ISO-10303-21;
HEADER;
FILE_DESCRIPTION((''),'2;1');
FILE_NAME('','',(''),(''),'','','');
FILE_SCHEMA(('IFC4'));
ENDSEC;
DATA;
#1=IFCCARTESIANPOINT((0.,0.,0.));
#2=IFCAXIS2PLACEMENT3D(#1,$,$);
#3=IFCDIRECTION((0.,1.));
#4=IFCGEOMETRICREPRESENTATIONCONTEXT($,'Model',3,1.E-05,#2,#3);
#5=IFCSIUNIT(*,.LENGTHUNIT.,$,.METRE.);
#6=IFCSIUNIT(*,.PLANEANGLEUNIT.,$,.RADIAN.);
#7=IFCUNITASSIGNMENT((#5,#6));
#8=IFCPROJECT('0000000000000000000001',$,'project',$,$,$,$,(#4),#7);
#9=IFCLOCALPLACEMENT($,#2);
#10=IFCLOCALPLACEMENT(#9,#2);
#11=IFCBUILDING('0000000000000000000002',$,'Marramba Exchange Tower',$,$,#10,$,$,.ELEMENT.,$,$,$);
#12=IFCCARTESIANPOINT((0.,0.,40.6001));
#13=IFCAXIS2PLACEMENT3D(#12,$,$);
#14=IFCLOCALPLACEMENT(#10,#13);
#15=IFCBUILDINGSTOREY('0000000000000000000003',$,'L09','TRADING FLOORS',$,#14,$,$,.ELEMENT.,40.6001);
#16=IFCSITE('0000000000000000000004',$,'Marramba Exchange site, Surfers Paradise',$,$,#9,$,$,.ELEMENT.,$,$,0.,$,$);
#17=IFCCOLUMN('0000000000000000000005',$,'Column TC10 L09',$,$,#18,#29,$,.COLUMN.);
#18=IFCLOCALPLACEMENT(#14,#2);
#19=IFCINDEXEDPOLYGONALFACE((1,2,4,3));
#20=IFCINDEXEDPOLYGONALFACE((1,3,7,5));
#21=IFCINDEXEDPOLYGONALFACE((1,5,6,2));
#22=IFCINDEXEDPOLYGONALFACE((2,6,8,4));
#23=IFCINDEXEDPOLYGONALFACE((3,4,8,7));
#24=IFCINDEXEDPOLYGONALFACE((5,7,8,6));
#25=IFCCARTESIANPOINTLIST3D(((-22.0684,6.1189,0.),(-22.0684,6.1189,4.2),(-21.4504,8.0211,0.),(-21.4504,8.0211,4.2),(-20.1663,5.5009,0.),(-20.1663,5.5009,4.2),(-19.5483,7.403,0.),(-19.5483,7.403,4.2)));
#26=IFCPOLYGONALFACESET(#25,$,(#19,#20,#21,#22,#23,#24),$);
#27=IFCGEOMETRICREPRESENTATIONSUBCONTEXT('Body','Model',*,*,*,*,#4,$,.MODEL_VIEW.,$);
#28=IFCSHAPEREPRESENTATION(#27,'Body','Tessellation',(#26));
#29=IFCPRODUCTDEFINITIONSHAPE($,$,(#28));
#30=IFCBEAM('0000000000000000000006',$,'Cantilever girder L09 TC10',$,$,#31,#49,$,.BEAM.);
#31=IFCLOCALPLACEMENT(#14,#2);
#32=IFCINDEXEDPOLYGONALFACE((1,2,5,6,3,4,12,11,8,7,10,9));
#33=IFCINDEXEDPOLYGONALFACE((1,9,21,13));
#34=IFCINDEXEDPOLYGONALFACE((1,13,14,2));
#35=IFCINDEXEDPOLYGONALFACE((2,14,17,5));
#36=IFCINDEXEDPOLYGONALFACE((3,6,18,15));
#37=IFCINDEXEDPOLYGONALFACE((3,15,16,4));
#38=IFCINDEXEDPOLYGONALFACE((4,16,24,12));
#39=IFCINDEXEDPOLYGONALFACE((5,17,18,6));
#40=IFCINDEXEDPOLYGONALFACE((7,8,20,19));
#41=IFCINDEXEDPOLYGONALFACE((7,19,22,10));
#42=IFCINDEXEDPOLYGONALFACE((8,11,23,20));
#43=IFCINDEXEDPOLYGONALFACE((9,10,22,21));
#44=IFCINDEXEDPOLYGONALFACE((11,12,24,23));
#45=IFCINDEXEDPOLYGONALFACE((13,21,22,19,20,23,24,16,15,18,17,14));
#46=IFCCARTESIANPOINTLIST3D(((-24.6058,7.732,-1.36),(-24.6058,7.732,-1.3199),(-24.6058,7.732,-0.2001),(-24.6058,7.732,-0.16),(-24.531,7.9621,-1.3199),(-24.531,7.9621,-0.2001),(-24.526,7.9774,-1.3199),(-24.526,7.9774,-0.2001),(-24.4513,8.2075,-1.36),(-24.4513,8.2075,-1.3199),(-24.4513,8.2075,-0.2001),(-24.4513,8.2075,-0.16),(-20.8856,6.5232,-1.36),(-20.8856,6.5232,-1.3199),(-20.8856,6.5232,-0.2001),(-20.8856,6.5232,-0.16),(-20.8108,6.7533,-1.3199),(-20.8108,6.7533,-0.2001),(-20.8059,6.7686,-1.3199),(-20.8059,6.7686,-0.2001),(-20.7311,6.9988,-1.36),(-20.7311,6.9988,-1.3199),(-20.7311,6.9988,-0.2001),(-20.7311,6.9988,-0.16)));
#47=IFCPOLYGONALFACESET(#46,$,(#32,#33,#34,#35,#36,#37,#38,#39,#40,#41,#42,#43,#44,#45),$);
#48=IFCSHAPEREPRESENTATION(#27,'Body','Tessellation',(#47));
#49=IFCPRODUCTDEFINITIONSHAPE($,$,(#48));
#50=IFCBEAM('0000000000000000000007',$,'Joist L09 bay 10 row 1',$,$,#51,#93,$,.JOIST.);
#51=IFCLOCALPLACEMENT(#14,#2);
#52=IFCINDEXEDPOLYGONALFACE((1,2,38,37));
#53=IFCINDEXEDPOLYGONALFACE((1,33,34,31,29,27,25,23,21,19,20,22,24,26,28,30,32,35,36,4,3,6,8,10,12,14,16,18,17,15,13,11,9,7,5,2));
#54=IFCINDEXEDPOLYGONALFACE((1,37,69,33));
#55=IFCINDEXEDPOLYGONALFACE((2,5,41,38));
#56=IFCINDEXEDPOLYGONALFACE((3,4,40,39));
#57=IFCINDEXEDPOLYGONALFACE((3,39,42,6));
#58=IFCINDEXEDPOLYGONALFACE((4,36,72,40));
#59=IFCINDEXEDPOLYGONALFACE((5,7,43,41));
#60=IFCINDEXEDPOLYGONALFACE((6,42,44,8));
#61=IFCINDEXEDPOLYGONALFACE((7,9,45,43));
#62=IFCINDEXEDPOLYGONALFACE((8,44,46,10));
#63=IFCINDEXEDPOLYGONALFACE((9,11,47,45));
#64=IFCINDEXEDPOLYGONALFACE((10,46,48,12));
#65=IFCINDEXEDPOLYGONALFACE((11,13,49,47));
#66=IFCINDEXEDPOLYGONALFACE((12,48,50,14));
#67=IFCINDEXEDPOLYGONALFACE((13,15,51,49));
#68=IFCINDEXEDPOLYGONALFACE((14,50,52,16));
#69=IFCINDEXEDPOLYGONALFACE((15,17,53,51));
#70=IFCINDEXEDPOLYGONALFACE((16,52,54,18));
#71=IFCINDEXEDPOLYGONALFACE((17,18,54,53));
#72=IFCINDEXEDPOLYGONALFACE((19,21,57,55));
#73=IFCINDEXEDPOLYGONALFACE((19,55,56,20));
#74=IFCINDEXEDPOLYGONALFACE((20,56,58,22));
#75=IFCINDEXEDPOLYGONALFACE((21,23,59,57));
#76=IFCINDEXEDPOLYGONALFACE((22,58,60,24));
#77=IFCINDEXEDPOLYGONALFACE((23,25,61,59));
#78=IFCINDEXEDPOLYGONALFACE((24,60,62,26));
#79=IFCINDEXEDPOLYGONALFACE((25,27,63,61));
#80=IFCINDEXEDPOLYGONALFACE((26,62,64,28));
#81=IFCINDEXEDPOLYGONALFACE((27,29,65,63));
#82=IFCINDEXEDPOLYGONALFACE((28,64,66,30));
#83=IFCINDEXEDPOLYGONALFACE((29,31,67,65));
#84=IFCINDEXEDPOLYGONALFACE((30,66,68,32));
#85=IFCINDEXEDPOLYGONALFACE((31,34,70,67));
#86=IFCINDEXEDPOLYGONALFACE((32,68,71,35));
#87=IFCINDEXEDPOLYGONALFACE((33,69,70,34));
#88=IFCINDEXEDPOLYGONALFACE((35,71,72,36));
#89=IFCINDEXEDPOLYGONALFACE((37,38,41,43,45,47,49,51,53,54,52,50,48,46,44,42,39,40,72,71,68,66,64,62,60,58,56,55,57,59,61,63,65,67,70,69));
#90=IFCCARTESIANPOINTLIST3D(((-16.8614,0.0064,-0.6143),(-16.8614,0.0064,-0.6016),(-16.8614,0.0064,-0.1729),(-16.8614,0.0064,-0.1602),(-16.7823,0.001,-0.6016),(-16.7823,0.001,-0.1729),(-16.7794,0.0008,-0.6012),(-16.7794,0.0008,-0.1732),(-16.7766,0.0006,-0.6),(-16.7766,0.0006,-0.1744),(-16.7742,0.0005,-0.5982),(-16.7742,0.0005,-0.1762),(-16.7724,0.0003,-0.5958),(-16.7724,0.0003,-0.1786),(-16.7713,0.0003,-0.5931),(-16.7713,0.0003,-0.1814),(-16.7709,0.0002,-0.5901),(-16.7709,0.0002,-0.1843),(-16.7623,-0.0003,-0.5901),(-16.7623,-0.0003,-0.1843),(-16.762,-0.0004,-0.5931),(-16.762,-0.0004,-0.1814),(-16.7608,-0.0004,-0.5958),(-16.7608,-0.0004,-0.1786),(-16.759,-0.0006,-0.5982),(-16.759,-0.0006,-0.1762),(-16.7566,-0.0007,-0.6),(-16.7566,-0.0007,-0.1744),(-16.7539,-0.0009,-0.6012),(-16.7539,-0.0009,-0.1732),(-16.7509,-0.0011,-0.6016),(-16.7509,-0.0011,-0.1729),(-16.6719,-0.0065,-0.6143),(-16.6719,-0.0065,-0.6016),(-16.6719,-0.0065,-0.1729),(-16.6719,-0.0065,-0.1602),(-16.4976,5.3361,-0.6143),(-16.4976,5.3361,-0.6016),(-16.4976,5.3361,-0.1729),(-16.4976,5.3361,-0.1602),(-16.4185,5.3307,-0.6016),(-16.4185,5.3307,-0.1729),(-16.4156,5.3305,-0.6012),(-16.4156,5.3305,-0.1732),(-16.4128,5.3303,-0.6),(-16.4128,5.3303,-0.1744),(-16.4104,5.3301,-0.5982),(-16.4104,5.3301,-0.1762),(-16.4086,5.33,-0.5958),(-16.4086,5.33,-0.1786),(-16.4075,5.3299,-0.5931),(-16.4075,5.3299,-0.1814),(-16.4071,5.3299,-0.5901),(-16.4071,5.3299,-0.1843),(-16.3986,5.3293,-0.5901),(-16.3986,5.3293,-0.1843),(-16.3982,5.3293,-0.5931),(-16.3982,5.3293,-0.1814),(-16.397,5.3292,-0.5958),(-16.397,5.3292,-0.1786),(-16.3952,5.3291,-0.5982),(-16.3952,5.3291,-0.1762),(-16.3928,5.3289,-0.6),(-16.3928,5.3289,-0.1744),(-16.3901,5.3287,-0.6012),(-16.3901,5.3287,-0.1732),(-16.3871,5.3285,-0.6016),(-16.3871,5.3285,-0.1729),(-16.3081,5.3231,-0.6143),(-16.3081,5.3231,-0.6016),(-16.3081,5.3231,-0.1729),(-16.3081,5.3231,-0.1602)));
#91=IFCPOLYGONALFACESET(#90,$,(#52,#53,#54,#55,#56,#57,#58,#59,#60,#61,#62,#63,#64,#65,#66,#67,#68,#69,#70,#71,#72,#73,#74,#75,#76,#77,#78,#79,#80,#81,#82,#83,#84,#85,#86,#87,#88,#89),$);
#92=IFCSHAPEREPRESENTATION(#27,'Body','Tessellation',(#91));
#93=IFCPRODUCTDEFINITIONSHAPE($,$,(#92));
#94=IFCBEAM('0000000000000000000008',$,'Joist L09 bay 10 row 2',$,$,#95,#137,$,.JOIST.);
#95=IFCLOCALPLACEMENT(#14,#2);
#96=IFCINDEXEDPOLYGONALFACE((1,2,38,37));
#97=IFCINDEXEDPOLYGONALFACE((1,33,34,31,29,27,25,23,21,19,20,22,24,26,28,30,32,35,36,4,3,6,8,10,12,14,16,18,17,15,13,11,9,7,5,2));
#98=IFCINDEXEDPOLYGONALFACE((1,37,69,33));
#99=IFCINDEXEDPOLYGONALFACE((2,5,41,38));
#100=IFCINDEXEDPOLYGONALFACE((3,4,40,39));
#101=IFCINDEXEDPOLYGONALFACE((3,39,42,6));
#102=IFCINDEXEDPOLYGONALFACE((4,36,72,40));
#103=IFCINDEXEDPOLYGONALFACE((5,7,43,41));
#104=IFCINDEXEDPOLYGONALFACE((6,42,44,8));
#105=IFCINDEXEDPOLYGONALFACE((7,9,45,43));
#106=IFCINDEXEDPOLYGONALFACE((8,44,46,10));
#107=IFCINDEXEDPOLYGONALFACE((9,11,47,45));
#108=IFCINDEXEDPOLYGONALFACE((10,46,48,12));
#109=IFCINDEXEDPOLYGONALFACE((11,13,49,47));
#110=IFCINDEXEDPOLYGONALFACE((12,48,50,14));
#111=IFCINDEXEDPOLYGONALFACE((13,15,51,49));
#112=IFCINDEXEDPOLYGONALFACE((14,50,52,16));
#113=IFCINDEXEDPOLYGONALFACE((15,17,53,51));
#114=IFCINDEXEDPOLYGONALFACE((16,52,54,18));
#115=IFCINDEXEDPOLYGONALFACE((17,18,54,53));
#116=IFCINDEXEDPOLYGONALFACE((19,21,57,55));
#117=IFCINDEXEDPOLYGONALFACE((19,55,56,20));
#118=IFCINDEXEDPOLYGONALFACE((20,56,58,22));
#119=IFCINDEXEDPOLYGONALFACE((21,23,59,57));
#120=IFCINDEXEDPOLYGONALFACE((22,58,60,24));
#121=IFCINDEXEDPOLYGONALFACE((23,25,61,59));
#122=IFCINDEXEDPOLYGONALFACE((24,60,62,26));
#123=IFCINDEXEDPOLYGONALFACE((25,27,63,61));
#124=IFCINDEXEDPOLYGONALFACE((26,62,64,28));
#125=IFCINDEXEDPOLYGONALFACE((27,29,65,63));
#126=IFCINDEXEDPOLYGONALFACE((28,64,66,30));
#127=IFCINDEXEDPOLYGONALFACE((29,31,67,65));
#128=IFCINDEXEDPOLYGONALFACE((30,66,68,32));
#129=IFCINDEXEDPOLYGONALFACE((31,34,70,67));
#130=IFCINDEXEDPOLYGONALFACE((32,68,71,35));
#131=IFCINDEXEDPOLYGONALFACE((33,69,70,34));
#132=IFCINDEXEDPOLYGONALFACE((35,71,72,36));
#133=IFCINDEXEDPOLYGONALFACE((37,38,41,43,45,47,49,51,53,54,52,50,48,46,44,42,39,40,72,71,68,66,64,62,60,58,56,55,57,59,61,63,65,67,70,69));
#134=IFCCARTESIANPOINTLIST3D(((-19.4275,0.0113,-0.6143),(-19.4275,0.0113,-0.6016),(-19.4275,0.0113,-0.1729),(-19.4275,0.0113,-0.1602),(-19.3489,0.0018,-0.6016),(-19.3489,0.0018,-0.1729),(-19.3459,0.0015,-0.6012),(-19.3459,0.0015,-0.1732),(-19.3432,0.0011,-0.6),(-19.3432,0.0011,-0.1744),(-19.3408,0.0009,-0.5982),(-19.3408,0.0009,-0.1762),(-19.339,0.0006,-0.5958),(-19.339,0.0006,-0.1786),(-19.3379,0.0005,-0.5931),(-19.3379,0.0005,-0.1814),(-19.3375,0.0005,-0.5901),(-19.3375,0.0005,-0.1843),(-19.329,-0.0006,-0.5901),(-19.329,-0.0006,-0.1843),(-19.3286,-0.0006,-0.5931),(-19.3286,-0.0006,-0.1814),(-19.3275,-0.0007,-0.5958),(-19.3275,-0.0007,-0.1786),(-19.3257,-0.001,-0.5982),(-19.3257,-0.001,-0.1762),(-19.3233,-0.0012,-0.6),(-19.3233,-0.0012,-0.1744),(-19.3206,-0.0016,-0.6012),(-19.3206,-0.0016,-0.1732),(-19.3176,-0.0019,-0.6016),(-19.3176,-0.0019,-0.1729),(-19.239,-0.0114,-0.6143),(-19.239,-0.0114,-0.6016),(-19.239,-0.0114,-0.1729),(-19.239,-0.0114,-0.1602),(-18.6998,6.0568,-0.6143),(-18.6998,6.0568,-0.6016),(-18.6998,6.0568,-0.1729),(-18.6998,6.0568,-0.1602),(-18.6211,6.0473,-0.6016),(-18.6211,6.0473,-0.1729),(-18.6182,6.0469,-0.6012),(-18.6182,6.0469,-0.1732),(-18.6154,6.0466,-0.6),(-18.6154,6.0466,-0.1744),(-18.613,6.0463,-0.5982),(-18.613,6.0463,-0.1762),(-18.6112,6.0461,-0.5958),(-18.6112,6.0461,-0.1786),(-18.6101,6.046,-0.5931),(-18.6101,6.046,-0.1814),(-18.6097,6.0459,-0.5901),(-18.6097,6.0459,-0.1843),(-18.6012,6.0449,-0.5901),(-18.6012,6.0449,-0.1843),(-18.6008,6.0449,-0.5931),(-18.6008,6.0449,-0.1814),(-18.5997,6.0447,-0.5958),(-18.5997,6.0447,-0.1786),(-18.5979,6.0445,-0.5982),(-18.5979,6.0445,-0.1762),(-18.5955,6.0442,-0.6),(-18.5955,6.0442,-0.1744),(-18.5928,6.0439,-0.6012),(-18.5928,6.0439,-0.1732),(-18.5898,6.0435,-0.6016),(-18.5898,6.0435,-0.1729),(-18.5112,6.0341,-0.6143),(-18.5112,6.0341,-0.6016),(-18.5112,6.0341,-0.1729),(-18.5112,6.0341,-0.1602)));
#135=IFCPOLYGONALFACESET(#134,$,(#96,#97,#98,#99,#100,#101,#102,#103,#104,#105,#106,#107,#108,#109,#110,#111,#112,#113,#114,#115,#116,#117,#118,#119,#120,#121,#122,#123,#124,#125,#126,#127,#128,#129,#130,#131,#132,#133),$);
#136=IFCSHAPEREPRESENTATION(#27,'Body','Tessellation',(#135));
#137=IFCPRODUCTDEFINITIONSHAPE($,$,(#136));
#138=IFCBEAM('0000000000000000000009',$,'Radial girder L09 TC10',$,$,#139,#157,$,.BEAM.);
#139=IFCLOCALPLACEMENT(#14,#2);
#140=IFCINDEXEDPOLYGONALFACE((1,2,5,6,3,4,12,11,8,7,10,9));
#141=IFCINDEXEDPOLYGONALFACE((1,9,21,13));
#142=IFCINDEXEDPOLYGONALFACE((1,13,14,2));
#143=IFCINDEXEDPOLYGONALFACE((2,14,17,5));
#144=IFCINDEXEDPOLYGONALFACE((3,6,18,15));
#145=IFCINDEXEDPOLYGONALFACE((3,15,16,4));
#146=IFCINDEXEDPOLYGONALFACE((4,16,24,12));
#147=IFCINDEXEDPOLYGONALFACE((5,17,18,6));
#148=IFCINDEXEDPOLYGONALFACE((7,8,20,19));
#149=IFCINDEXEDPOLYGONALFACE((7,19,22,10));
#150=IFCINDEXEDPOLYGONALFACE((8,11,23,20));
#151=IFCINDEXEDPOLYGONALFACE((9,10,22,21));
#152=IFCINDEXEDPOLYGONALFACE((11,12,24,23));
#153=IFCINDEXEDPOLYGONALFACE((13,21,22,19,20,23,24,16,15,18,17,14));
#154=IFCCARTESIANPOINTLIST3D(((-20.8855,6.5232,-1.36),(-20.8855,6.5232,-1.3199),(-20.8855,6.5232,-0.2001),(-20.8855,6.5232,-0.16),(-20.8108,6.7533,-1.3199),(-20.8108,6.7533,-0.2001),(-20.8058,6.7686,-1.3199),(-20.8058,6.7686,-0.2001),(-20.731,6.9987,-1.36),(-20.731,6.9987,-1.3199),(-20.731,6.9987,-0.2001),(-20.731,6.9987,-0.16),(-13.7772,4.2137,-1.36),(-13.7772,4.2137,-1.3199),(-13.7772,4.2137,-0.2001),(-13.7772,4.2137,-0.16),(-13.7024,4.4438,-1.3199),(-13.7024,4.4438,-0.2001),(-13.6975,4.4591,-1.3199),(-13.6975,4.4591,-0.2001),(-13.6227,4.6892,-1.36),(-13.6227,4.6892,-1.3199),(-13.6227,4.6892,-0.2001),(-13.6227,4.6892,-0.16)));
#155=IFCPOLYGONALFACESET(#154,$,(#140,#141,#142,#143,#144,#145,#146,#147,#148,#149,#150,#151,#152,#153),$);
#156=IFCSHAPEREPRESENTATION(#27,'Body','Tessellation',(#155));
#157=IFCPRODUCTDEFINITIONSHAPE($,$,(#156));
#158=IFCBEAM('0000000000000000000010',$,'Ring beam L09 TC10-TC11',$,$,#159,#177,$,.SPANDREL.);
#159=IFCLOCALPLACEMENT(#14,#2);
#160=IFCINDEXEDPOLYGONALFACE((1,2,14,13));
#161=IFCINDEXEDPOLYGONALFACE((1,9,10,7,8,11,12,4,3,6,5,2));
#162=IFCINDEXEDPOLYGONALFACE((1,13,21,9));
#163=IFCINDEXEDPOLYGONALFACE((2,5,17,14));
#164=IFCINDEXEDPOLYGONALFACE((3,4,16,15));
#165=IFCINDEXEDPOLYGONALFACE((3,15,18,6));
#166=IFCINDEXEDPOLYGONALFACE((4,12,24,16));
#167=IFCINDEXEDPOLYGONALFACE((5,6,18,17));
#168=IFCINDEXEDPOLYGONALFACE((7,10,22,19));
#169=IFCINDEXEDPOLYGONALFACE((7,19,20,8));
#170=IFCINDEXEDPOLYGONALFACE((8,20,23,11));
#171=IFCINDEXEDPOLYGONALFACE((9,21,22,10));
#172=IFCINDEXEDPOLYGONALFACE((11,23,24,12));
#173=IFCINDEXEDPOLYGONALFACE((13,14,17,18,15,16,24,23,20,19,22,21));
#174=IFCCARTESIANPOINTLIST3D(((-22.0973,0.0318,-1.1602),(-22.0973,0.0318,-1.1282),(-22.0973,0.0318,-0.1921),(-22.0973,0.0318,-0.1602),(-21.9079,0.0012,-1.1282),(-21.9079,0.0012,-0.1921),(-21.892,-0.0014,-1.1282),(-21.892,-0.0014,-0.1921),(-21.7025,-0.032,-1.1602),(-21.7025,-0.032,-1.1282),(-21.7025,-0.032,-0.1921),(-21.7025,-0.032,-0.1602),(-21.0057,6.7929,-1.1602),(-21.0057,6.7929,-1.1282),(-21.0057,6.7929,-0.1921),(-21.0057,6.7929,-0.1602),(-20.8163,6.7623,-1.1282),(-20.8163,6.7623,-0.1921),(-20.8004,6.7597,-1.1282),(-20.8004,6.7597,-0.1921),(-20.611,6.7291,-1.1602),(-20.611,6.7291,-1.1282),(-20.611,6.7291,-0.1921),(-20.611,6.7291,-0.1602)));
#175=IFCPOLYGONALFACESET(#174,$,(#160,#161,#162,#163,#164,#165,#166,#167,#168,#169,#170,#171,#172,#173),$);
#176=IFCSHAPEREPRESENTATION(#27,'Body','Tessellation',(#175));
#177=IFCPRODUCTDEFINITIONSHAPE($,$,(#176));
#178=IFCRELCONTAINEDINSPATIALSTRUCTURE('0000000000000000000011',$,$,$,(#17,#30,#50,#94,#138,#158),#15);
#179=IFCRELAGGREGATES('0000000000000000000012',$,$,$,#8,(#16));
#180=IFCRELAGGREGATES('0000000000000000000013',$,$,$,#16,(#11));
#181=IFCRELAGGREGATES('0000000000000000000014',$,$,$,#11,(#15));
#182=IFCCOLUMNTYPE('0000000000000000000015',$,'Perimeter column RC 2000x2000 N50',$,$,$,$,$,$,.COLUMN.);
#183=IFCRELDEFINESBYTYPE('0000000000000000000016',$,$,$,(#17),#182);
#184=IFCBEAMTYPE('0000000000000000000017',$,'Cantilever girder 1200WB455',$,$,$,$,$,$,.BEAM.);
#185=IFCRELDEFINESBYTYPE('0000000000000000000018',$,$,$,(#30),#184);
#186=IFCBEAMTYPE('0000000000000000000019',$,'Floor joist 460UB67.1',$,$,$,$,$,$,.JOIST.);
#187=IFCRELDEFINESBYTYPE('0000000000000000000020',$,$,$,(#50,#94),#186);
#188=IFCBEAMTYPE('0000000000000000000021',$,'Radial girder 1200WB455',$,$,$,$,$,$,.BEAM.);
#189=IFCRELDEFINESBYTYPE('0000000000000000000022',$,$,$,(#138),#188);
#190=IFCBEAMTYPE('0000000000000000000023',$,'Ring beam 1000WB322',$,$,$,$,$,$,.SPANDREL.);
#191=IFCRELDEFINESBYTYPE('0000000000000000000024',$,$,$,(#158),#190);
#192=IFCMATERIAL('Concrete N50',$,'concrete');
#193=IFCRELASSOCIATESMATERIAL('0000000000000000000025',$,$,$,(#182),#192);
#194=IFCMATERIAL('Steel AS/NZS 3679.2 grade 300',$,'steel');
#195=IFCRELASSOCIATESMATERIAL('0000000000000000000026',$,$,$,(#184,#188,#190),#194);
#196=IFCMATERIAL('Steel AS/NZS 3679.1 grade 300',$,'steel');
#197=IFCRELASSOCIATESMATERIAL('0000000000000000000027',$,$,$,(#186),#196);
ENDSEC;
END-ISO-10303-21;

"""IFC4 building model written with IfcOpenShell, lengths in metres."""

from ifc_helpers import new_model, si_unit, direction, frame, origin, origin_2d, place, context, subcontext, project, spatial, rectangle, i_section, extrude, material, material_profile, profile_set, type_object, element, save


model = new_model("IFC4")

# Units and contexts
model_context = context("Model", 3, precision=1e-05, world=origin(), true_north=direction((0.0, 1.0)))
body_context = subcontext(model_context, "Body", "Model", "MODEL_VIEW")
ifc_project = project(units=[si_unit("LENGTHUNIT", "METRE"), si_unit("PLANEANGLEUNIT", "RADIAN")], contexts=[model_context])

# Site, building, storey
site_placement = place(None, origin())
site = spatial("IfcSite", under=ifc_project, at=site_placement, Name="Marramba Exchange site, Surfers Paradise", CompositionType="ELEMENT", RefElevation=0.0)
building_placement = place(site_placement, origin())
building = spatial("IfcBuilding", under=site, at=building_placement, Name="Marramba Exchange Tower", CompositionType="ELEMENT")
storey_placement = place(building_placement, frame((0.0, 0.0, 40.6001)))
storey = spatial("IfcBuildingStorey", under=building, at=storey_placement, Name="L09", Description="TRADING FLOORS", CompositionType="ELEMENT", Elevation=40.6001)

# Column
ifc_material_1 = material(Name="Concrete N50", Category="concrete")
ifc_material_profile_1 = material_profile(ifc_material_1, rectangle(XDim=2.0, YDim=2.0, at=origin_2d()), Name="RC 2000x2000")
ifc_profile_set_1 = profile_set([ifc_material_profile_1], Name="Concrete N50")
column_type = type_object("IfcColumnType", Name="Perimeter column RC 2000x2000 N50", PredefinedType="COLUMN", material=ifc_profile_set_1)
column_placement = place(storey_placement, frame((-20.8083, 6.761, 0.0), z_axis=(0.0, 0.0, 1.0), x_axis=(-0.951057, 0.309017, 0.0)))
element("IfcColumn", 1, at=column_placement, inside=storey, type_object=column_type, Name="Column TC10 L09", PredefinedType="COLUMN", context=body_context, shape_type="SweptSolid", body=[
    extrude(rectangle(XDim=2.0, YDim=2.0, at=origin_2d()), origin(), (0.0, 0.0, 1.0), 4.2),
])

# Beams
ifc_material_2 = material(Name="Steel AS/NZS 3679.2 grade 300", Category="steel")
ifc_material_profile_2 = material_profile(ifc_material_2, i_section(OverallWidth=0.5, OverallDepth=1.2, WebThickness=0.0161, FlangeThickness=0.04, at=origin_2d()), Name="1200WB455")
ifc_profile_set_2 = profile_set([ifc_material_profile_2], Name="Steel AS/NZS 3679.2 grade 300")
beam_type_1 = type_object("IfcBeamType", Name="Cantilever girder 1200WB455", PredefinedType="BEAM", material=ifc_profile_set_2)
beam_1_placement = place(storey_placement, frame((-20.8083, 6.761, -0.76), z_axis=(-0.951059, 0.30901, 0.0), x_axis=(-0.30901, -0.951059, 0.0)))
element("IfcBeam", 2, at=beam_1_placement, inside=storey, type_object=beam_type_1, Name="Cantilever girder L09 TC10", PredefinedType="BEAM", context=body_context, shape_type="SweptSolid", body=[
    extrude(i_section(OverallWidth=0.5, OverallDepth=1.2, WebThickness=0.0161, FlangeThickness=0.04, at=origin_2d()), origin(), (0.0, 0.0, 1.0), 3.9116),
])
ifc_material_3 = material(Name="Steel AS/NZS 3679.1 grade 300", Category="steel")
ifc_material_profile_3 = material_profile(ifc_material_3, i_section(OverallWidth=0.1899, OverallDepth=0.4541, WebThickness=0.0085, FlangeThickness=0.0127, FilletRadius=0.0115, at=origin_2d()), Name="460UB67.1")
ifc_profile_set_3 = profile_set([ifc_material_profile_3], Name="Steel AS/NZS 3679.1 grade 300")
beam_type_2 = type_object("IfcBeamType", Name="Floor joist 460UB67.1", PredefinedType="JOIST", material=ifc_profile_set_3)
beam_2_placement = place(storey_placement, frame((-16.4028, 5.3296, -0.3872), z_axis=(-0.068096, -0.997679, 0.0), x_axis=(0.997679, -0.068096, 0.0)))
element("IfcBeam", 3, at=beam_2_placement, inside=storey, type_object=beam_type_2, Name="Joist L09 bay 10 row 1", PredefinedType="JOIST", context=body_context, shape_type="SweptSolid", body=[
    extrude(i_section(OverallWidth=0.1899, OverallDepth=0.4541, WebThickness=0.0085, FlangeThickness=0.0127, FilletRadius=0.0115, at=origin_2d()), origin(), (0.0, 0.0, 1.0), 5.342),
])
beam_3_placement = place(storey_placement, frame((-18.6055, 6.0454, -0.3872), z_axis=(-0.119523, -0.992831, 0.0), x_axis=(0.992831, -0.119523, 0.0)))
element("IfcBeam", 4, at=beam_3_placement, inside=storey, type_object=beam_type_2, Name="Joist L09 bay 10 row 2", PredefinedType="JOIST", context=body_context, shape_type="SweptSolid", body=[
    extrude(i_section(OverallWidth=0.1899, OverallDepth=0.4541, WebThickness=0.0085, FlangeThickness=0.0127, FilletRadius=0.0115, at=origin_2d()), origin(), (0.0, 0.0, 1.0), 6.0891),
])
ifc_material_profile_4 = material_profile(ifc_material_2, i_section(OverallWidth=0.5, OverallDepth=1.2, WebThickness=0.0161, FlangeThickness=0.04, at=origin_2d()), Name="1200WB455")
ifc_profile_set_4 = profile_set([ifc_material_profile_4], Name="Steel AS/NZS 3679.2 grade 300")
beam_type_3 = type_object("IfcBeamType", Name="Radial girder 1200WB455", PredefinedType="BEAM", material=ifc_profile_set_4)
beam_4_placement = place(storey_placement, frame((-13.7, 4.4514, -0.76), z_axis=(-0.95106, 0.309006, 0.0), x_axis=(-0.309006, -0.95106, 0.0)))
element("IfcBeam", 5, at=beam_4_placement, inside=storey, type_object=beam_type_3, Name="Radial girder L09 TC10", PredefinedType="BEAM", context=body_context, shape_type="SweptSolid", body=[
    extrude(i_section(OverallWidth=0.5, OverallDepth=1.2, WebThickness=0.0161, FlangeThickness=0.04, at=origin_2d()), origin(), (0.0, 0.0, 1.0), 7.4741),
])
ifc_material_profile_5 = material_profile(ifc_material_2, i_section(OverallWidth=0.3999, OverallDepth=1.0, WebThickness=0.0161, FlangeThickness=0.032, at=origin_2d()), Name="1000WB322")
ifc_profile_set_5 = profile_set([ifc_material_profile_5], Name="Steel AS/NZS 3679.2 grade 300")
beam_type_4 = type_object("IfcBeamType", Name="Ring beam 1000WB322", PredefinedType="SPANDREL", material=ifc_profile_set_5)
beam_5_placement = place(storey_placement, frame((-20.8083, 6.761, -0.6602), z_axis=(-0.159385, -0.987217, 0.0), x_axis=(0.987217, -0.159385, 0.0)))
element("IfcBeam", 6, at=beam_5_placement, inside=storey, type_object=beam_type_4, Name="Ring beam L09 TC10-TC11", PredefinedType="SPANDREL", context=body_context, shape_type="SweptSolid", body=[
    extrude(i_section(OverallWidth=0.3999, OverallDepth=1.0, WebThickness=0.0161, FlangeThickness=0.032, at=origin_2d()), origin(), (0.0, 0.0, 1.0), 6.8486),
])

save(model, "model.ifc")
